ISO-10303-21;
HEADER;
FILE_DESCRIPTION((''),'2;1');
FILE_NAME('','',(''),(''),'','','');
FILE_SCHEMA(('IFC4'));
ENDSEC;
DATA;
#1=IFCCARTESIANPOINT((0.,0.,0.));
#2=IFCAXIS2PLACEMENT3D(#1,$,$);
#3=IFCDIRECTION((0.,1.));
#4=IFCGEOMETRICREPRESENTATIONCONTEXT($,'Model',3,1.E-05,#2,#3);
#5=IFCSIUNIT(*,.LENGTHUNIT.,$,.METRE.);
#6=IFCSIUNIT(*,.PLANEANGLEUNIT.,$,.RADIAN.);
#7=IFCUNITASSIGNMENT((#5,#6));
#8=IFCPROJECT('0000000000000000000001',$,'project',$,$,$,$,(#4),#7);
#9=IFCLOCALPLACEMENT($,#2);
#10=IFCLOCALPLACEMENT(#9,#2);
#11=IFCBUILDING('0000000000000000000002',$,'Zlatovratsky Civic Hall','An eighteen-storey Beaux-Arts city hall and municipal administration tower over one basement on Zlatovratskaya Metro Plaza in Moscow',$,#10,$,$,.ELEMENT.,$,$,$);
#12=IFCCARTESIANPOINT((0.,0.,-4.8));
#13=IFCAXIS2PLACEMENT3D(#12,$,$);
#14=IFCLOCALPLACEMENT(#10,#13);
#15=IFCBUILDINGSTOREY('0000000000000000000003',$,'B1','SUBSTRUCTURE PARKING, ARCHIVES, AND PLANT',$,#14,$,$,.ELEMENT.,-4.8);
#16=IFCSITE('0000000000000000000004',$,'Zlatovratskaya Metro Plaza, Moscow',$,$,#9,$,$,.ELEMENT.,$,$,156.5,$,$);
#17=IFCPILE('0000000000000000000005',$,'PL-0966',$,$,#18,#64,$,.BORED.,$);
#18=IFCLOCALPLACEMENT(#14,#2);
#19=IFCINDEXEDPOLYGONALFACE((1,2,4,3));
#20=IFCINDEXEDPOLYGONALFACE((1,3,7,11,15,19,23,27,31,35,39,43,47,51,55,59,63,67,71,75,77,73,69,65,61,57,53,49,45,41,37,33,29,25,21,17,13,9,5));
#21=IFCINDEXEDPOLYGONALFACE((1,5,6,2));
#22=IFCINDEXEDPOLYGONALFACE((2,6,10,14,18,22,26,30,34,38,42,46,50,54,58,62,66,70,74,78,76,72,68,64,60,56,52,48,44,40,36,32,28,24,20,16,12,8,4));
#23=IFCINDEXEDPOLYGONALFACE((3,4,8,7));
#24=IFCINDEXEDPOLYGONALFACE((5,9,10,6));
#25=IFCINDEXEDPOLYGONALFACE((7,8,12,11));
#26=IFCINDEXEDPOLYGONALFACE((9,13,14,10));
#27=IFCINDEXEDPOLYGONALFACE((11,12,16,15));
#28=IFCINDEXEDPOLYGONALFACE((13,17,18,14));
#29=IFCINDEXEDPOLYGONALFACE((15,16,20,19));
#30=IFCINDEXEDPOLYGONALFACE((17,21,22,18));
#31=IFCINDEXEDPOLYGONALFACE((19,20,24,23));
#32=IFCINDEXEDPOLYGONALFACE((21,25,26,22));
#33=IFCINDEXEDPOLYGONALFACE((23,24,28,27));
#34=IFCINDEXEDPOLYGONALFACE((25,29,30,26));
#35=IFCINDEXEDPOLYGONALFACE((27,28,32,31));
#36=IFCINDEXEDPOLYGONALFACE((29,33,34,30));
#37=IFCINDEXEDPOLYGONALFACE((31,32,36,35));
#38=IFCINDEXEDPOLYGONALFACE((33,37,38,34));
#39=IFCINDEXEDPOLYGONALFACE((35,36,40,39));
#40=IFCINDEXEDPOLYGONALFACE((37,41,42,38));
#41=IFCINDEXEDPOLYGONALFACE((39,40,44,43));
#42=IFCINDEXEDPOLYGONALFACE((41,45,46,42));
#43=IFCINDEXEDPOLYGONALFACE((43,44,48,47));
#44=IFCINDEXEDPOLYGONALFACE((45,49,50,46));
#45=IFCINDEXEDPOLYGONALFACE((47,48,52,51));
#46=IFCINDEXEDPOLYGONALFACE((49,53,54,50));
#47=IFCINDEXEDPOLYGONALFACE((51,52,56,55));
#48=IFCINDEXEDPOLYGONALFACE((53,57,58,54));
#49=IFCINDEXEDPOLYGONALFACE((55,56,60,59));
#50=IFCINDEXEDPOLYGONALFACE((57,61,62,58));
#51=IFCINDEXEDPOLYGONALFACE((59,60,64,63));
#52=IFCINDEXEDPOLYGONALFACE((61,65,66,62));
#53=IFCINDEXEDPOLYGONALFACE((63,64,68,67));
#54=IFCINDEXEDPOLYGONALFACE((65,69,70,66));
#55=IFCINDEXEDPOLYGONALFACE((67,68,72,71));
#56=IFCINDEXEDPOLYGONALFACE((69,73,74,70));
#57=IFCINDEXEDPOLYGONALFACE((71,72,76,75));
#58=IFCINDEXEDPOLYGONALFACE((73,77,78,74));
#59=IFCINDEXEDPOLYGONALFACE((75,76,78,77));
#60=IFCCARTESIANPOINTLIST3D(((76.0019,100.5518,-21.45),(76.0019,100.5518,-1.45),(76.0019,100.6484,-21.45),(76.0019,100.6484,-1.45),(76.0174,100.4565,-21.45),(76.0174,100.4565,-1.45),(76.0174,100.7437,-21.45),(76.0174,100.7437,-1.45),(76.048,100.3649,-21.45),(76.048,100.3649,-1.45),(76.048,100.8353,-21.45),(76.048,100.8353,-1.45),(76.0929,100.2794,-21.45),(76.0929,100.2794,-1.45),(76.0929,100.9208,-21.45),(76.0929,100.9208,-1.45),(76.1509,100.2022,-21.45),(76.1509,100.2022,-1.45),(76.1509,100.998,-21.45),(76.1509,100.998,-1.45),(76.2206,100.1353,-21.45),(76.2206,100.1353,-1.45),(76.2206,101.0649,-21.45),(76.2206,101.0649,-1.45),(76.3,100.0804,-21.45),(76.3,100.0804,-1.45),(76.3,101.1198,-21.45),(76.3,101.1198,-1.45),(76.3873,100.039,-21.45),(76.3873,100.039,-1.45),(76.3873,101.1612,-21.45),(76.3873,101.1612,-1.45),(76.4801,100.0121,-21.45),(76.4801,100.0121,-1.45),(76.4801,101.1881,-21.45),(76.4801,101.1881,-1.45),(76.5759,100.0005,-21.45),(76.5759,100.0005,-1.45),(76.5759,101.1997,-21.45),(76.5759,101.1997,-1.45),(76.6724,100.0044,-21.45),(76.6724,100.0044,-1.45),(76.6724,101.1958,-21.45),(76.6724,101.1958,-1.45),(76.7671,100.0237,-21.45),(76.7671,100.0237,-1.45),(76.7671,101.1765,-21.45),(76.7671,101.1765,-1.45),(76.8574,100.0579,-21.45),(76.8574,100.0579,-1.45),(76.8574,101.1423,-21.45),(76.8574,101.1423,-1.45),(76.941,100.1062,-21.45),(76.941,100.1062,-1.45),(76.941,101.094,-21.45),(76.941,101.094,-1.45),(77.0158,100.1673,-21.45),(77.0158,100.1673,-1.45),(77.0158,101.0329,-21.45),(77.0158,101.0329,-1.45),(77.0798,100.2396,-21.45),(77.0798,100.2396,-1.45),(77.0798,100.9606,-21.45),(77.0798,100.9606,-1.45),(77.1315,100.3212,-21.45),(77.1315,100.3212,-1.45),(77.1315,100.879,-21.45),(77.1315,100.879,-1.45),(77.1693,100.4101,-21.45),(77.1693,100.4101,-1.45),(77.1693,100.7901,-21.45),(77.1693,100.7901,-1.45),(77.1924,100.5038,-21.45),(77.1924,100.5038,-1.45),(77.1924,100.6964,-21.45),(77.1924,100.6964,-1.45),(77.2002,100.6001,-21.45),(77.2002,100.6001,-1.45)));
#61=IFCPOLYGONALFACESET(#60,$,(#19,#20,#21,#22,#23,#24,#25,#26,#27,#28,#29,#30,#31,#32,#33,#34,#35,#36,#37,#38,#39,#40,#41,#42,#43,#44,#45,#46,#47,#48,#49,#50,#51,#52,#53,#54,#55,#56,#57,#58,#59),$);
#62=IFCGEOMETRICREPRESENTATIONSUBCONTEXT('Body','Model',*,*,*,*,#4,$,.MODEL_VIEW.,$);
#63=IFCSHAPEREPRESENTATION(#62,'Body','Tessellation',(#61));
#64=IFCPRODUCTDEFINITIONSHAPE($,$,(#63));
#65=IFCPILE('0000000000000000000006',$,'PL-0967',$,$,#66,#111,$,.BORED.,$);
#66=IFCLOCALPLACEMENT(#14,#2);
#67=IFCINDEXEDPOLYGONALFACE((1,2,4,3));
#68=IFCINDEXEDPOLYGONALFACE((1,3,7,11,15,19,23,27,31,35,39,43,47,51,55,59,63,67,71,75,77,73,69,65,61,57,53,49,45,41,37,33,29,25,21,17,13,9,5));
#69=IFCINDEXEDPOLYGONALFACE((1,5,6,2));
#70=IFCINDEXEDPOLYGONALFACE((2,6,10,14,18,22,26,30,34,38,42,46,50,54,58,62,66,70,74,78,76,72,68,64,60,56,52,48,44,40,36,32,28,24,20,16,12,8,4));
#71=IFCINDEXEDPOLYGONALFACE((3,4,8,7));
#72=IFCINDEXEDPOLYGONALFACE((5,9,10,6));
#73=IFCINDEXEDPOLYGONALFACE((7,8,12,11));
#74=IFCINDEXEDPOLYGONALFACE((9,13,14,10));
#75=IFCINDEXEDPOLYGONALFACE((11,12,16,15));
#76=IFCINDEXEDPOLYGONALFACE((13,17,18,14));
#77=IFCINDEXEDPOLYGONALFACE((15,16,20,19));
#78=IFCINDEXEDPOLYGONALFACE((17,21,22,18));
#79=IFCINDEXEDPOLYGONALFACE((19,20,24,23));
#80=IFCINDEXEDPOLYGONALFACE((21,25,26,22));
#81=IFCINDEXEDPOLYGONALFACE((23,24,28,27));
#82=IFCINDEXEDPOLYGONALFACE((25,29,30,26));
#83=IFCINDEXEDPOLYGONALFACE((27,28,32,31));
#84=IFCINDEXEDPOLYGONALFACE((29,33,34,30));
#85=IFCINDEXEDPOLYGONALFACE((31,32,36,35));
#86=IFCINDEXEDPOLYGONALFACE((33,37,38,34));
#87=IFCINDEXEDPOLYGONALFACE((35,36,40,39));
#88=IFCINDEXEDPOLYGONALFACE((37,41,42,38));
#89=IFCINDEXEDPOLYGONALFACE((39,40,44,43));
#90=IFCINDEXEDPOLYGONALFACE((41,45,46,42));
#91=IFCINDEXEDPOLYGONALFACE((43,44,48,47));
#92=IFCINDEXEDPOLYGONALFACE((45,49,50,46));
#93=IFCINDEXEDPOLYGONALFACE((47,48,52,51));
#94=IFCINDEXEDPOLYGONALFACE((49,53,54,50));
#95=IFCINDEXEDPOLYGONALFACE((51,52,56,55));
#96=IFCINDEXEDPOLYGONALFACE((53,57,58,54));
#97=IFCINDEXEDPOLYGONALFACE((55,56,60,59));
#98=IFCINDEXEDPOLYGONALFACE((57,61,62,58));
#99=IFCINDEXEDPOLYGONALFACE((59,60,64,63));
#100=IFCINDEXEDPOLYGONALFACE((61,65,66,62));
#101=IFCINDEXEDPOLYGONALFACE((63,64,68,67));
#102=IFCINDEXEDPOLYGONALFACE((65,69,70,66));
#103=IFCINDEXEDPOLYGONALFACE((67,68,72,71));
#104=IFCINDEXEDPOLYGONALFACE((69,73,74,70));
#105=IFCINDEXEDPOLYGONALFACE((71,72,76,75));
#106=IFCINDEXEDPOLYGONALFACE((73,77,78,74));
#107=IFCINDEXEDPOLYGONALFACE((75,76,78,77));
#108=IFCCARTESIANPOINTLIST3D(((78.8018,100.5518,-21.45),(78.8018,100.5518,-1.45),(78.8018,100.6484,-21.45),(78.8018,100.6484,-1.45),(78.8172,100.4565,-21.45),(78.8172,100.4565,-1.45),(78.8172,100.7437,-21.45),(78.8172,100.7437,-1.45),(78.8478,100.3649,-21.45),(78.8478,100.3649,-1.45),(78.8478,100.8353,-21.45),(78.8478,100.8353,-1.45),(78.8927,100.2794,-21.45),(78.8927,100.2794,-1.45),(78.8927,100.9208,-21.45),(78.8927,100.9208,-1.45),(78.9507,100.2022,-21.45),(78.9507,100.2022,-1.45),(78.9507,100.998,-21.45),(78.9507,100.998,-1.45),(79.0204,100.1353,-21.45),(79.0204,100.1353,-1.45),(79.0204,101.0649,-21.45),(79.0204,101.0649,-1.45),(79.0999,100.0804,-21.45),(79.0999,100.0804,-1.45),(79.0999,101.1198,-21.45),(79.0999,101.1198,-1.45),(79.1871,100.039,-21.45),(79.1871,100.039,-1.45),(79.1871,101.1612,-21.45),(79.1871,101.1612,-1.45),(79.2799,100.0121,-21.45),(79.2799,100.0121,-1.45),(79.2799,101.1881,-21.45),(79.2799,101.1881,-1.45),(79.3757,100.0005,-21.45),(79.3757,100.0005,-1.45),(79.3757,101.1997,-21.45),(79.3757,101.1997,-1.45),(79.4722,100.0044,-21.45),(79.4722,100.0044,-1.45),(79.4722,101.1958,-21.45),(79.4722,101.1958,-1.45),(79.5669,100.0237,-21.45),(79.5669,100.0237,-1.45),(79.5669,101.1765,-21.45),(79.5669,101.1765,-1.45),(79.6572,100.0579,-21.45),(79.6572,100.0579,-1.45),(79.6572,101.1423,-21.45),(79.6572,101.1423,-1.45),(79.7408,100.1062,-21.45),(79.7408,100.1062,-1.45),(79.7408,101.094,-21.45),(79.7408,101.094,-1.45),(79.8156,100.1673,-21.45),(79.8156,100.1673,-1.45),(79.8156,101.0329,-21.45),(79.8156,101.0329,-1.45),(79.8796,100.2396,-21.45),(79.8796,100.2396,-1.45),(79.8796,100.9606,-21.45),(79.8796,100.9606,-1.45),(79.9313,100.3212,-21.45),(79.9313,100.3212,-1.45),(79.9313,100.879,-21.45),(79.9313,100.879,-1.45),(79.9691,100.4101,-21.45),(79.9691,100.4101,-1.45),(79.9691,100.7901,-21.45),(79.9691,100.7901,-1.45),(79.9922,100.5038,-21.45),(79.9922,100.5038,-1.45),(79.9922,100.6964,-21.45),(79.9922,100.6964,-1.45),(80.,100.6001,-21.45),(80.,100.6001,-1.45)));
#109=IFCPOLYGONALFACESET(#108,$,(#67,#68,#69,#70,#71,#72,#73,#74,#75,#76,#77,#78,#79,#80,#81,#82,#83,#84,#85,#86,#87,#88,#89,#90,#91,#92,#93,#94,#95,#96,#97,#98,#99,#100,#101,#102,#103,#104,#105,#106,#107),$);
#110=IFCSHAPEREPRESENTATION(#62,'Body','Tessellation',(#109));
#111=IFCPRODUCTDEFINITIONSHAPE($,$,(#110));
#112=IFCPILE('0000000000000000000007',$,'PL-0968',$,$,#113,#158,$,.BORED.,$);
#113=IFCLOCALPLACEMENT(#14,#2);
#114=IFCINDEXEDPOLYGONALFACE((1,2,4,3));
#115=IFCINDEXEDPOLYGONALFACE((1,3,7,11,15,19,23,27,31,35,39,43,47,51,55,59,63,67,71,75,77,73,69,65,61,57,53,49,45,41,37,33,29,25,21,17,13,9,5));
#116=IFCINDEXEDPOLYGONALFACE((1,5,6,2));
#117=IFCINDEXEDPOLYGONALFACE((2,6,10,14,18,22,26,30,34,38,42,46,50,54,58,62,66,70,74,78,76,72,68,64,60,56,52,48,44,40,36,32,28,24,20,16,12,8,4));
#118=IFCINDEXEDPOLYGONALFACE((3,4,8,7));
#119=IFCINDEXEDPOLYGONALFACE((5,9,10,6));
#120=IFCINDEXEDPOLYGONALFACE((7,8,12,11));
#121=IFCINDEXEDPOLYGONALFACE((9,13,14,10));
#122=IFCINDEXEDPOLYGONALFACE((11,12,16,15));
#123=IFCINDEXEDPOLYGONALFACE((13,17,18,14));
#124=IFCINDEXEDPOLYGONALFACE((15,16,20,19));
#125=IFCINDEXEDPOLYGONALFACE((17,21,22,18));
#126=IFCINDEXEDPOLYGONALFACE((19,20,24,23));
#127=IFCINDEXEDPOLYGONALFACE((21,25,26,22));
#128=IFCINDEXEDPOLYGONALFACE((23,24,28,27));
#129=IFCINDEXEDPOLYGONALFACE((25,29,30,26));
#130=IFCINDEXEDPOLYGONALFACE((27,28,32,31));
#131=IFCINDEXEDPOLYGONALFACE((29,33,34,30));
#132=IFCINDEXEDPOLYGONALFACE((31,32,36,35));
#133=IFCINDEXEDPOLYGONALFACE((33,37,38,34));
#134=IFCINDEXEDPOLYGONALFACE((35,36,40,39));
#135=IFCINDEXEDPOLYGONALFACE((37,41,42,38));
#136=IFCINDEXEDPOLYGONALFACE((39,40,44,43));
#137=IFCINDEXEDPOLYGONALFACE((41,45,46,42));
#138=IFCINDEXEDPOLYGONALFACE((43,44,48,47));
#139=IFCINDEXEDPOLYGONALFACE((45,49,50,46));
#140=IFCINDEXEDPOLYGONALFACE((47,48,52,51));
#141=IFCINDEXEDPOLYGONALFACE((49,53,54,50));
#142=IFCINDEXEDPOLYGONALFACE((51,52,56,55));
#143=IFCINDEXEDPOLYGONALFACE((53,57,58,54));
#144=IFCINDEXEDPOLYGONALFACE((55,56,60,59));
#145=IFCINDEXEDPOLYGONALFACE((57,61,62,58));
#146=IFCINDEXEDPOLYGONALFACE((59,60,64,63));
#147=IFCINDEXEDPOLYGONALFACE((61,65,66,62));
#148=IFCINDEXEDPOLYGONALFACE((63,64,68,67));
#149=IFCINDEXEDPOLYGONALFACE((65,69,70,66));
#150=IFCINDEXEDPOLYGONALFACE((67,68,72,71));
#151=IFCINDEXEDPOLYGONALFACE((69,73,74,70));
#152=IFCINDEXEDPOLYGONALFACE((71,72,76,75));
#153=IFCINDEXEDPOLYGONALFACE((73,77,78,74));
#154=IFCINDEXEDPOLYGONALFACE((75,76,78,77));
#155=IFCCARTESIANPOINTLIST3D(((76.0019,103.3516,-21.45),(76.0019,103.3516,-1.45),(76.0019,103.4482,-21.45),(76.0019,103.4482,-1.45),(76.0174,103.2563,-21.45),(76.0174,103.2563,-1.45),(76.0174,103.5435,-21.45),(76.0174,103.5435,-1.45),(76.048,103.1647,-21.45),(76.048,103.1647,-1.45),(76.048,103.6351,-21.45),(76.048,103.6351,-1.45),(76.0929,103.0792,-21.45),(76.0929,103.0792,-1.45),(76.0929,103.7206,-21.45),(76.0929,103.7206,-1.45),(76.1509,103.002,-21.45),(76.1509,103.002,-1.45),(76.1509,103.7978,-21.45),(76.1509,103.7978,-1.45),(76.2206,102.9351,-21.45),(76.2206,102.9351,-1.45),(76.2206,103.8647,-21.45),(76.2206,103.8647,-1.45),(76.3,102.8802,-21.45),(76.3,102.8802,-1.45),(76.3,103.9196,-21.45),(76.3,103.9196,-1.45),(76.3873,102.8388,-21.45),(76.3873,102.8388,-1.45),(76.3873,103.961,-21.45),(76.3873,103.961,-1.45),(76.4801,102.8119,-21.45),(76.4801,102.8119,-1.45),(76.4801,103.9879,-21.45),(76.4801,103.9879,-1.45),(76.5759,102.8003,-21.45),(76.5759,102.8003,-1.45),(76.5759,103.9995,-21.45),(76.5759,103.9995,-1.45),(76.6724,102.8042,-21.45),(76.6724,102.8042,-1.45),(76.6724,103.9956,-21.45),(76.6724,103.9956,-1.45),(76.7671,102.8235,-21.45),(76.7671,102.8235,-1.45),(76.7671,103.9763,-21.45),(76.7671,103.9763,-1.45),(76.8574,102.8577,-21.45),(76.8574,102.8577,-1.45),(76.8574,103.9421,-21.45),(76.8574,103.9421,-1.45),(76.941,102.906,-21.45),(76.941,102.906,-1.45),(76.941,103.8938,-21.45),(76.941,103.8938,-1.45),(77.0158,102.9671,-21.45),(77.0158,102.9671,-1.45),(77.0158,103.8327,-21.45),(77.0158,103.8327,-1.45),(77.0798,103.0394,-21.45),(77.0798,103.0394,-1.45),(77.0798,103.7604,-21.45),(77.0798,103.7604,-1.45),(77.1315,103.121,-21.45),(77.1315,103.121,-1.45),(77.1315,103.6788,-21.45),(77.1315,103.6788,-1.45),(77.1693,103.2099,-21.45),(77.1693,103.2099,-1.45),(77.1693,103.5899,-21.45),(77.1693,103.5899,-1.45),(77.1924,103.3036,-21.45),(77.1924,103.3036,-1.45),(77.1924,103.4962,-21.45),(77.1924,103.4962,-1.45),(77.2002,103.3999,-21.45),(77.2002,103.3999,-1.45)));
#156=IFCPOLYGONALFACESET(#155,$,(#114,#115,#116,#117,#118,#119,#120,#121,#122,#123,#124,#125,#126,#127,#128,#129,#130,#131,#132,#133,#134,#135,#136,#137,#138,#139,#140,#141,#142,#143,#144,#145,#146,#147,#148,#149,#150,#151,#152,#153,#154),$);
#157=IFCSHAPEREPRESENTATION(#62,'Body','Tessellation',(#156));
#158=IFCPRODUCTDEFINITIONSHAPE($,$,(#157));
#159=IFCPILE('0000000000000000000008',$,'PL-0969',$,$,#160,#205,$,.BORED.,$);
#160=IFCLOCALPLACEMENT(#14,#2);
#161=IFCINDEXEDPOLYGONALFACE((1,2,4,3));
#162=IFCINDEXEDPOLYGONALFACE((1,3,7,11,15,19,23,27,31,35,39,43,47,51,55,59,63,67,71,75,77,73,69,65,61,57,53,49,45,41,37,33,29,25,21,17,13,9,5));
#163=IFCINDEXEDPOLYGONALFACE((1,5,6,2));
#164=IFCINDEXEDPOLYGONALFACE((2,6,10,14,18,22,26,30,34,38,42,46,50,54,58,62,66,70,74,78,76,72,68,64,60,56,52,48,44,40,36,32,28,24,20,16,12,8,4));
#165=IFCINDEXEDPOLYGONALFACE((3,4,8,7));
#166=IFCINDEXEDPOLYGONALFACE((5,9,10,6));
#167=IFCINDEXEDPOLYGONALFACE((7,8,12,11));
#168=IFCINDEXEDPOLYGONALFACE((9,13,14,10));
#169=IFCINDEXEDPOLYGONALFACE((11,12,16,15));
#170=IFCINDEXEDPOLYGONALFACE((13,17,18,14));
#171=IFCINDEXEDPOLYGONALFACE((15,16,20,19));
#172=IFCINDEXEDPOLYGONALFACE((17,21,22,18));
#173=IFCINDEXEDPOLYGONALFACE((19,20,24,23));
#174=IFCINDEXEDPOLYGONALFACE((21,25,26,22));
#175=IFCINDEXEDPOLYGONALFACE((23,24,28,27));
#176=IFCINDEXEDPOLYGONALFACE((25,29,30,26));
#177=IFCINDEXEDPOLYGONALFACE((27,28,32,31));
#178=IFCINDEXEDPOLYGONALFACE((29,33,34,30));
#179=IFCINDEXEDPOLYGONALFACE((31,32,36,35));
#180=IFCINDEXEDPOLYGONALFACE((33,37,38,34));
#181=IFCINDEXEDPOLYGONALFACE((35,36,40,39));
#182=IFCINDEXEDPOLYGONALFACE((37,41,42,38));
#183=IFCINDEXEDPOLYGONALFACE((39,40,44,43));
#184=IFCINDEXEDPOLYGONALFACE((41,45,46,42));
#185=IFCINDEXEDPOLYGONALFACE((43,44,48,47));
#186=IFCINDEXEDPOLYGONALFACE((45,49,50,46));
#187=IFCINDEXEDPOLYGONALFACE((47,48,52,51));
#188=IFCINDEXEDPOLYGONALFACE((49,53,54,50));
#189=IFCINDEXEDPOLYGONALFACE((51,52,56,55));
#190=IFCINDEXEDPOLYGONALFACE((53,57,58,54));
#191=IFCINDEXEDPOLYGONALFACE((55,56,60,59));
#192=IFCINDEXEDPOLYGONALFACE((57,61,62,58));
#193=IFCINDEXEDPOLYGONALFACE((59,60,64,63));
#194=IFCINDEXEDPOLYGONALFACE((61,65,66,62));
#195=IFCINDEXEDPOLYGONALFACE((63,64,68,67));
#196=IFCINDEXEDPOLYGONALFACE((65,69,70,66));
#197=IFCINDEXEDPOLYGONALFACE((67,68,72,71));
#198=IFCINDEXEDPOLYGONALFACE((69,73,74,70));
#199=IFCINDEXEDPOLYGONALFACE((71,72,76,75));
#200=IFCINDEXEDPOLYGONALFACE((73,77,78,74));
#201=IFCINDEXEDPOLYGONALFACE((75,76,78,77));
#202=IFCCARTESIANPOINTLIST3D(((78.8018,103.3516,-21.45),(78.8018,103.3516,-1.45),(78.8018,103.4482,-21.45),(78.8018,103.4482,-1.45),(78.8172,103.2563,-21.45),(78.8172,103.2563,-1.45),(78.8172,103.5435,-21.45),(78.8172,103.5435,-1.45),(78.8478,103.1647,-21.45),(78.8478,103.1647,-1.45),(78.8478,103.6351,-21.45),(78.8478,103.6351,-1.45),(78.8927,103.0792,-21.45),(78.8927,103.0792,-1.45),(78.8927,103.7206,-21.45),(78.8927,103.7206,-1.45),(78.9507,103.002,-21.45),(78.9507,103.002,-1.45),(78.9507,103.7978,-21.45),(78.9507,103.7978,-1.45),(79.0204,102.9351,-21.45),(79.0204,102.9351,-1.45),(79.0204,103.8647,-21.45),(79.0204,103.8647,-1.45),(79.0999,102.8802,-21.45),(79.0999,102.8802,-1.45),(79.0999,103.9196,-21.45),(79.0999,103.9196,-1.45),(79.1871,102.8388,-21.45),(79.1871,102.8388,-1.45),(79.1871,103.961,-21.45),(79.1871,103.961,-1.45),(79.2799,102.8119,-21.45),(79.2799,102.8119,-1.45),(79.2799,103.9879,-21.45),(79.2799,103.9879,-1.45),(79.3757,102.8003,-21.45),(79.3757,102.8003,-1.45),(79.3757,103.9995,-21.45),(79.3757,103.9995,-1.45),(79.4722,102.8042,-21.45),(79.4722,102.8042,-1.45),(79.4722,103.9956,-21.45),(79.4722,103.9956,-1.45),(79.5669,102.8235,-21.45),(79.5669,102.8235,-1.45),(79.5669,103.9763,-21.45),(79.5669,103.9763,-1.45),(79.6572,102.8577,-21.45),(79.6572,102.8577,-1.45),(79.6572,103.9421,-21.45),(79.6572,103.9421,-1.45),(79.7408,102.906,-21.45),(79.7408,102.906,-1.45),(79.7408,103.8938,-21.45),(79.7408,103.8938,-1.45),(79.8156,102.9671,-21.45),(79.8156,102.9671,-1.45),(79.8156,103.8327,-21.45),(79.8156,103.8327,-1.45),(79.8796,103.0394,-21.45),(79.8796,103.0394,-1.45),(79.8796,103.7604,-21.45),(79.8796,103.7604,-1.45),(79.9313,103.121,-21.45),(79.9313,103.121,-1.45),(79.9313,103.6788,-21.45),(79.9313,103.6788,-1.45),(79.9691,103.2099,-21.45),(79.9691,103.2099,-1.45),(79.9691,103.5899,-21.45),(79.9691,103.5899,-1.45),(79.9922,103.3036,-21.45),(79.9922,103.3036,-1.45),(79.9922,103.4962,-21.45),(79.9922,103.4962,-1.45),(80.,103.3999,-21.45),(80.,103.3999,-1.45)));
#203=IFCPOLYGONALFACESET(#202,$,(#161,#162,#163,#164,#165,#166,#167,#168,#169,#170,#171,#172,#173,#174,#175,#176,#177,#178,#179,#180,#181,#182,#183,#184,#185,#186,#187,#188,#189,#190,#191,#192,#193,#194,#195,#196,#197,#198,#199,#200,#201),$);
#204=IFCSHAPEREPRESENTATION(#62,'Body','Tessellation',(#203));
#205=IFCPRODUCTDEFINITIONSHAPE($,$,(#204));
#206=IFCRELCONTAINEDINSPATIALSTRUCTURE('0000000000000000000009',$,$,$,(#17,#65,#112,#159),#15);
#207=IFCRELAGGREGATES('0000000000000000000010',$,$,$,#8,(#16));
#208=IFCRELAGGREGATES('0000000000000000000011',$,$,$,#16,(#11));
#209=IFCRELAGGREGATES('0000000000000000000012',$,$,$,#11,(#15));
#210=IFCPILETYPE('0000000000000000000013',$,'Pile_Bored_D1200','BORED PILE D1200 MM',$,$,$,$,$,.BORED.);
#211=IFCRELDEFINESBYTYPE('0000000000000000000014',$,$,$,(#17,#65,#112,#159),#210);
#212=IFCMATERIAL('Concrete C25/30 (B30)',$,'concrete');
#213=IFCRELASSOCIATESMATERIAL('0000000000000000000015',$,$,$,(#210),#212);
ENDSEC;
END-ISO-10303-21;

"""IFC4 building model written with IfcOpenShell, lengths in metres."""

from ifc_helpers import new_model, si_unit, direction, frame, origin, origin_2d, place, context, subcontext, project, spatial, circle, extrude, material, material_profile, profile_set, type_object, element, save


model = new_model("IFC4")

# Units and contexts
model_context = context("Model", 3, precision=1e-05, world=origin(), true_north=direction((0.0, 1.0)))
body_context = subcontext(model_context, "Body", "Model", "MODEL_VIEW")
ifc_project = project(units=[si_unit("LENGTHUNIT", "METRE"), si_unit("PLANEANGLEUNIT", "RADIAN")], contexts=[model_context])

# Site, building, storey
site_placement = place(None, origin())
site = spatial("IfcSite", under=ifc_project, at=site_placement, Name="Zlatovratskaya Metro Plaza, Moscow", CompositionType="ELEMENT", RefElevation=156.5)
building_placement = place(site_placement, origin())
building = spatial("IfcBuilding", under=site, at=building_placement, Name="Zlatovratsky Civic Hall", Description="An eighteen-storey Beaux-Arts city hall and municipal administration tower over one basement on Zlatovratskaya Metro Plaza in Moscow", CompositionType="ELEMENT")
storey_placement = place(building_placement, frame((0.0, 0.0, -4.8)))
storey = spatial("IfcBuildingStorey", under=building, at=storey_placement, Name="B1", Description="SUBSTRUCTURE PARKING, ARCHIVES, AND PLANT", CompositionType="ELEMENT", Elevation=-4.8)

# Shared definitions
ifc_material_1 = material(Name="Concrete C25/30 (B30)", Category="concrete")

# Piles
ifc_material_profile_1 = material_profile(ifc_material_1, circle(Radius=0.6001, at=origin_2d()), Name="PILE D1200")
ifc_profile_set_1 = profile_set([ifc_material_profile_1], Name="Concrete C25/30 (B30)")
pile_type_1 = type_object("IfcPileType", Name="Pile_Bored_D1200", Description="BORED PILE D1200 MM", PredefinedType="BORED", material=ifc_profile_set_1)
for number, where, z_axis, x_axis, name in (
    (1, (76.6001, 100.6001, -1.45), (0.0, 0.0, -1.0), (1.0, 0.0, 0.0), "PL-0966"),
    (2, (79.3999, 100.6001, -1.45), (0.0, 0.0, -1.0), (1.0, 0.0, 0.0), "PL-0967"),
    (3, (76.6001, 103.3999, -1.45), (0.0, 0.0, -1.0), (1.0, 0.0, 0.0), "PL-0968"),
    (4, (79.3999, 103.3999, -1.45), (0.0, 0.0, -1.0), (1.0, 0.0, 0.0), "PL-0969"),
):
    element("IfcPile", number, at=place(storey_placement, frame(where, z_axis=z_axis, x_axis=x_axis)), inside=storey, type_object=pile_type_1, Name=name, PredefinedType="BORED", context=body_context, shape_type="SweptSolid", body=[
        extrude(circle(Radius=0.6001, at=origin_2d()), origin(), (0.0, 0.0, 1.0), 20.0),
    ])

save(model, "model.ifc")
